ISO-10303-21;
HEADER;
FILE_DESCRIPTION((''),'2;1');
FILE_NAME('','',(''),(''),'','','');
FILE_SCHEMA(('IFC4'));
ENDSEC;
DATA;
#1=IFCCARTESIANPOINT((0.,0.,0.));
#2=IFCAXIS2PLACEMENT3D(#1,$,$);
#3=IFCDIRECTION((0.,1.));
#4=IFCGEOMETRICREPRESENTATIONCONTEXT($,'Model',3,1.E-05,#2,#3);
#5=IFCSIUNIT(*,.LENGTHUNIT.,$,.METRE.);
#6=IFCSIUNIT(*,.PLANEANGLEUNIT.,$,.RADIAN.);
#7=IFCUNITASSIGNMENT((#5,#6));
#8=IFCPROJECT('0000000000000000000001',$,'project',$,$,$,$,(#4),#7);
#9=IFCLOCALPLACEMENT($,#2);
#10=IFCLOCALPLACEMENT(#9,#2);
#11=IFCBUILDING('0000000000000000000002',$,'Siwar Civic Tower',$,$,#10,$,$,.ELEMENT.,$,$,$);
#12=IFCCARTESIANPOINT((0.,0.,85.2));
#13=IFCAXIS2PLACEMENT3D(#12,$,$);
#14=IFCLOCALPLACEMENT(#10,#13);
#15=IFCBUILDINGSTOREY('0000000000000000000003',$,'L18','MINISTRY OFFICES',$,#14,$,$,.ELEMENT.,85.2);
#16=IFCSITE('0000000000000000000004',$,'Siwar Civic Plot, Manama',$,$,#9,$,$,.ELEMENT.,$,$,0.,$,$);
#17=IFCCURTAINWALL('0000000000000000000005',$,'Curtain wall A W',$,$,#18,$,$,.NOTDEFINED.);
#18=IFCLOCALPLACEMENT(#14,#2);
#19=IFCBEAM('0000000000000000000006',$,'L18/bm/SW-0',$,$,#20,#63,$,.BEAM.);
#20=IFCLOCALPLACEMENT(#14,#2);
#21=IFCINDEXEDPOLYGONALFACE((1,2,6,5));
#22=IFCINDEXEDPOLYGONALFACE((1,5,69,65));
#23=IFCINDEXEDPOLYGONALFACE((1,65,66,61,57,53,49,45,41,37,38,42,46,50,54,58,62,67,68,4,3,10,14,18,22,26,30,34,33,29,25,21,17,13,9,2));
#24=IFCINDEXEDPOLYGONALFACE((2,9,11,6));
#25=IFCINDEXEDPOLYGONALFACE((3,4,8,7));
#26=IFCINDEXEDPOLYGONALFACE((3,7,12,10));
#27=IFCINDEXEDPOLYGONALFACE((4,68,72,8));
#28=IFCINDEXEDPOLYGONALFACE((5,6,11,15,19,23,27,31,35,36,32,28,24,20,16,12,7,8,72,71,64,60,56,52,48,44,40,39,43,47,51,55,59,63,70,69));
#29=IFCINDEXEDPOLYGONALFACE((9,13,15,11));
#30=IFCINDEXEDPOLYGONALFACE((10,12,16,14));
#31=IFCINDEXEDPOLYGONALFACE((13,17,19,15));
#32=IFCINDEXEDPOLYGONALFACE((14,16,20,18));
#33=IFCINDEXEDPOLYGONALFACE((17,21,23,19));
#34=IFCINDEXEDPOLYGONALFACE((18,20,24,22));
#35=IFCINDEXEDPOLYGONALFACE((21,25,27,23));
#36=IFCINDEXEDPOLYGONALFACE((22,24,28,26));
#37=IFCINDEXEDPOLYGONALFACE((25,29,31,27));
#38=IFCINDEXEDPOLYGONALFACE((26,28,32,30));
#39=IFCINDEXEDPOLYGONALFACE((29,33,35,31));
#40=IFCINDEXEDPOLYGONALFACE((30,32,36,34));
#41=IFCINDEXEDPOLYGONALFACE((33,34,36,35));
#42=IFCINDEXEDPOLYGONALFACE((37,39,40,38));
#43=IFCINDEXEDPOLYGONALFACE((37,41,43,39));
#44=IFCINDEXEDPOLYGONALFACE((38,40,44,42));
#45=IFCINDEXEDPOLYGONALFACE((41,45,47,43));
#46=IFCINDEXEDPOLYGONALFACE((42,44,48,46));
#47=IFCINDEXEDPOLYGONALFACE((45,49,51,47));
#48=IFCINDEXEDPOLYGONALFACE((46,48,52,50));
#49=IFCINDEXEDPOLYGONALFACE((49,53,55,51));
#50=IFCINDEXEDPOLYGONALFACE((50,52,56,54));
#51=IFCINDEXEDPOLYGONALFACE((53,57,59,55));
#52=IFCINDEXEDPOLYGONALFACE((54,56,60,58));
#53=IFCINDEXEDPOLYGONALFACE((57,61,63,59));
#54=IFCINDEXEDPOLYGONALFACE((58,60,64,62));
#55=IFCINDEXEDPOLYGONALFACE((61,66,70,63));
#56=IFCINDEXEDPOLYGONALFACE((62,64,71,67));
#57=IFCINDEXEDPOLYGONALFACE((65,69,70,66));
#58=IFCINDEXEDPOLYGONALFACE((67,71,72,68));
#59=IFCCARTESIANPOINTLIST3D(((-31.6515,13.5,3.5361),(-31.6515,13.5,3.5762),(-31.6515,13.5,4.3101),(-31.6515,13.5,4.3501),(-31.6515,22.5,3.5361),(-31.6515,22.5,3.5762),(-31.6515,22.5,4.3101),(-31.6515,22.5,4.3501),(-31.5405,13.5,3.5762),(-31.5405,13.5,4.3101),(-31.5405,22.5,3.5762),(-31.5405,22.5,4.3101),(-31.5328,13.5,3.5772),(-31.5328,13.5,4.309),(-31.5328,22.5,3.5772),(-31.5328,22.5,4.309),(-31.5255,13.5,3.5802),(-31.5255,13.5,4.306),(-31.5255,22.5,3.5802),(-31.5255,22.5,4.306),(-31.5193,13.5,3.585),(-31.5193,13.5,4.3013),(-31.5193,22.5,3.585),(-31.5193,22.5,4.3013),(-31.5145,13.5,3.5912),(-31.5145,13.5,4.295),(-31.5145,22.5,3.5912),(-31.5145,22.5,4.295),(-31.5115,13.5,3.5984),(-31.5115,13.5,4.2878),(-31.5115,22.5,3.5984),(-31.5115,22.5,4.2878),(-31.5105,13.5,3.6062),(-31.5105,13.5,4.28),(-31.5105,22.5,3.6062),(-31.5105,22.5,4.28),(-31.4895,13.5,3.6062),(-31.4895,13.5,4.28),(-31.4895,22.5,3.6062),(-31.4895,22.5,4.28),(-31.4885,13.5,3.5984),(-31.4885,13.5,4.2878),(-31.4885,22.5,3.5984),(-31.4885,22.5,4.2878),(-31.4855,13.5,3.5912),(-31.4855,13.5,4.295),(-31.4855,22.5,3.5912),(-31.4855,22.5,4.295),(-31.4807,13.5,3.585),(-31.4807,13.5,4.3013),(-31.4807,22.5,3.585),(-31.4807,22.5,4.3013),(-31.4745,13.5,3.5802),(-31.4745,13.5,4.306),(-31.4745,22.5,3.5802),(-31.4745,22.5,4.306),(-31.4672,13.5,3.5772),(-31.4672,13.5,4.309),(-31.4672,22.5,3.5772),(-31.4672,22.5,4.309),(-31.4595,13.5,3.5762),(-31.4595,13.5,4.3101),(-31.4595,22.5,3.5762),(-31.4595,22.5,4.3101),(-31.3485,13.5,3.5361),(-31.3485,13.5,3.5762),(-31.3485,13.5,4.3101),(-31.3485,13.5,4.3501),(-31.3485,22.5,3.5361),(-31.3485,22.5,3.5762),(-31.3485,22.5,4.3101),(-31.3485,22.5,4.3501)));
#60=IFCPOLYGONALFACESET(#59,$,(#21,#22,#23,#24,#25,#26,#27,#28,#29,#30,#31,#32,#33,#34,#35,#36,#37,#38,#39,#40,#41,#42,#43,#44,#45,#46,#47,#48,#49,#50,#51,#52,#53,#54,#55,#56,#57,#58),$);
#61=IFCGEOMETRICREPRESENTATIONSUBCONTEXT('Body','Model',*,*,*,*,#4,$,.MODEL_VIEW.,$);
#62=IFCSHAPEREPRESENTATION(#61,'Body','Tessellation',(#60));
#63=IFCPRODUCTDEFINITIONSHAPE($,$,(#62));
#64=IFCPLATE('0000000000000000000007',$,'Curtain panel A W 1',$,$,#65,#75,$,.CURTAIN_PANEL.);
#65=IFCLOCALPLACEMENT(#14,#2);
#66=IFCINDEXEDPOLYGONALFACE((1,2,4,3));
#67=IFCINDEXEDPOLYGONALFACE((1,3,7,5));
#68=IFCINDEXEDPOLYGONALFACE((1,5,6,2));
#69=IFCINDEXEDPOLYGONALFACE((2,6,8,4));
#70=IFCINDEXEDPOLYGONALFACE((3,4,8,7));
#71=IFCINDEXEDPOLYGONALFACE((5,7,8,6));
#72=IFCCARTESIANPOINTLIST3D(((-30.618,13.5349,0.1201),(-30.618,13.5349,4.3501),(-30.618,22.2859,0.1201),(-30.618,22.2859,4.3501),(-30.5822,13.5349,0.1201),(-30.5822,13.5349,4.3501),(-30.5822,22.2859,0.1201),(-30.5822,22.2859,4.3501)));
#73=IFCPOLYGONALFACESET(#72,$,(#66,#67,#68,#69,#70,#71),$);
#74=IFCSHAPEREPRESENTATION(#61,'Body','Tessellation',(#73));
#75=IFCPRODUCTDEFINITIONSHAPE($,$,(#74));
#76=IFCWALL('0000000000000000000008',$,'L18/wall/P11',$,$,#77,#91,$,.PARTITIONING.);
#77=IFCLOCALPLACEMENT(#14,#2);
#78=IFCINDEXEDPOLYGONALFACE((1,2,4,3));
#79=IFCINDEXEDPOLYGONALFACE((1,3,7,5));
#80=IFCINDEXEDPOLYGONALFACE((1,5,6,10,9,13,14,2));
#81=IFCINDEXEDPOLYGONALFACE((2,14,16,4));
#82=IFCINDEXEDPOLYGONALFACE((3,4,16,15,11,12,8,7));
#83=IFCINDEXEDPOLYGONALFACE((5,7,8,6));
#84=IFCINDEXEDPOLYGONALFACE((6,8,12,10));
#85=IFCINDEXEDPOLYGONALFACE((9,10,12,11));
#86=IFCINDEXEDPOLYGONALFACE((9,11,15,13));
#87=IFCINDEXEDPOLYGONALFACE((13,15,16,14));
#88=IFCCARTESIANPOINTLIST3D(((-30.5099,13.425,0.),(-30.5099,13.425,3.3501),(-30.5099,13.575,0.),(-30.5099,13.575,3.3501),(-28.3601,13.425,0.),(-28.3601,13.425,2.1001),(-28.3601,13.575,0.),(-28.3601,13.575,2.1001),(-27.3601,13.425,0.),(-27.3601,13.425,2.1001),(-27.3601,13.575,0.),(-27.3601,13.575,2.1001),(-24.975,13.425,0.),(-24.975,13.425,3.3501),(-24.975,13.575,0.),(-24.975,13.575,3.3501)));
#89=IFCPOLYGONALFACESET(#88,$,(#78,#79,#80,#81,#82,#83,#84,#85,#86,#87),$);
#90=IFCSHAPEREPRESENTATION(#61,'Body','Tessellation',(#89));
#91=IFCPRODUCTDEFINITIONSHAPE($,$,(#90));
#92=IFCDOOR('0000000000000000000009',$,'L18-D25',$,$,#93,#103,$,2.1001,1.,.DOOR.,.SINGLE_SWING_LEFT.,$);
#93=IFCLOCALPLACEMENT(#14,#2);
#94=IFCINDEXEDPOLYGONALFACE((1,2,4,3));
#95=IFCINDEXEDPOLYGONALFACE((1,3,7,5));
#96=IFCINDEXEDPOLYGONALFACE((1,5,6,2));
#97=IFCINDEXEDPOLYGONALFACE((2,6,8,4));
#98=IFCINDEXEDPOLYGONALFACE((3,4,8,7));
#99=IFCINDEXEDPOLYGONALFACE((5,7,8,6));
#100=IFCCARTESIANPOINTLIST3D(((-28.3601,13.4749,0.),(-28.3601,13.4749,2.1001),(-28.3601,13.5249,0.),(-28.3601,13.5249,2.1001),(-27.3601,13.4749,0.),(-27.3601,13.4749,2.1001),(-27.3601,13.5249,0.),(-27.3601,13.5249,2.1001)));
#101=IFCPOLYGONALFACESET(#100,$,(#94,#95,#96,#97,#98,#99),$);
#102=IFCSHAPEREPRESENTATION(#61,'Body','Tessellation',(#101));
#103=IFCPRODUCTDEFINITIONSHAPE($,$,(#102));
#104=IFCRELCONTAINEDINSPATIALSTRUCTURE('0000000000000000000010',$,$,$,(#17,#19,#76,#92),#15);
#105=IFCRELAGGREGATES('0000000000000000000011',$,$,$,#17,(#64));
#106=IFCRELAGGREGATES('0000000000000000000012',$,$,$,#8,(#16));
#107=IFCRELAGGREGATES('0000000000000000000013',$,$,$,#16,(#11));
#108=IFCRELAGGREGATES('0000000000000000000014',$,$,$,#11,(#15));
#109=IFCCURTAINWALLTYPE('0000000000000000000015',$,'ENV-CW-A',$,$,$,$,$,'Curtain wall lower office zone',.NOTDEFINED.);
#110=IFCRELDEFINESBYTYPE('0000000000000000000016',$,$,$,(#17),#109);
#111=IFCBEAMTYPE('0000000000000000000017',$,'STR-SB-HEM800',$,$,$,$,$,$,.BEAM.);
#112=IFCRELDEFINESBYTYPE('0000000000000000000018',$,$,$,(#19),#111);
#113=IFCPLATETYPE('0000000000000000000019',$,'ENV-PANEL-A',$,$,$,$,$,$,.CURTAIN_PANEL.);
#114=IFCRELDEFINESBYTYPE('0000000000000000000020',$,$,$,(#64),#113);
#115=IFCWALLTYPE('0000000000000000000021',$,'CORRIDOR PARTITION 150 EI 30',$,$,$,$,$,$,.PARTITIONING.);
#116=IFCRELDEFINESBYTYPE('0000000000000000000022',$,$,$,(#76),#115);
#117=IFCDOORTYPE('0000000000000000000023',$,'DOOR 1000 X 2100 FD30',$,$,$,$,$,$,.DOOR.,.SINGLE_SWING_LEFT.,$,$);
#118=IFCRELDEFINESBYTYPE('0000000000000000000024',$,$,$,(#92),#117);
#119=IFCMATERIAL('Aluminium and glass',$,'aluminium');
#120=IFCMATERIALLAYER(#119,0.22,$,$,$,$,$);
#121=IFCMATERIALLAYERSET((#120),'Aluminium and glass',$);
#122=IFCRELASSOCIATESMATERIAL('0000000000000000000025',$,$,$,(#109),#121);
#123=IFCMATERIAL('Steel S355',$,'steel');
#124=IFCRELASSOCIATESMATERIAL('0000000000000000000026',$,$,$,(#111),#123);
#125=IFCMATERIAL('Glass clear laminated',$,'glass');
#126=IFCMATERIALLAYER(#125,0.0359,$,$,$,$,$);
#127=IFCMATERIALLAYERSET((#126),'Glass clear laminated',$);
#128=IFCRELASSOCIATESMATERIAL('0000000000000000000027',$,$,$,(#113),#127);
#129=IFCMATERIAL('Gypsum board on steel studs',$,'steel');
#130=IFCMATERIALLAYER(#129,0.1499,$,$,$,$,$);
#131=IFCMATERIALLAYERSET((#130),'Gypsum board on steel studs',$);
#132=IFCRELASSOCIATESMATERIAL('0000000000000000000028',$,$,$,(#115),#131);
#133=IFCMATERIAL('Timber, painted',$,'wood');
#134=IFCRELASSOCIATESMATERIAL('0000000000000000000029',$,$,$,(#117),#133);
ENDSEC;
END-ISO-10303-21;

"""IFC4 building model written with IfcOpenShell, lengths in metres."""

from ifc_helpers import new_model, si_unit, direction, frame, frame_2d, origin, origin_2d, place, context, subcontext, project, spatial, rectangle, i_section, extrude, material, layer, layer_set, material_profile, profile_set, type_object, element, fill, aggregate, save


model = new_model("IFC4")

# Units and contexts
model_context = context("Model", 3, precision=1e-05, world=origin(), true_north=direction((0.0, 1.0)))
body_context = subcontext(model_context, "Body", "Model", "MODEL_VIEW")
ifc_project = project(units=[si_unit("LENGTHUNIT", "METRE"), si_unit("PLANEANGLEUNIT", "RADIAN")], contexts=[model_context])

# Site, building, storey
site_placement = place(None, origin())
site = spatial("IfcSite", under=ifc_project, at=site_placement, Name="Siwar Civic Plot, Manama", CompositionType="ELEMENT", RefElevation=0.0)
building_placement = place(site_placement, origin())
building = spatial("IfcBuilding", under=site, at=building_placement, Name="Siwar Civic Tower", CompositionType="ELEMENT")
storey_placement = place(building_placement, frame((0.0, 0.0, 85.2)))
storey = spatial("IfcBuildingStorey", under=building, at=storey_placement, Name="L18", Description="MINISTRY OFFICES", CompositionType="ELEMENT", Elevation=85.2)

# Curtain wall
ifc_material_1 = material(Name="Aluminium and glass", Category="aluminium")
ifc_layer_1 = layer(ifc_material_1, 0.22)
ifc_layer_set_1 = layer_set([ifc_layer_1], Name="Aluminium and glass")
curtain_wall_type = type_object("IfcCurtainWallType", Name="ENV-CW-A", ElementType="Curtain wall lower office zone", PredefinedType="NOTDEFINED", material=ifc_layer_set_1)
curtain_wall_placement = place(storey_placement, origin())
curtain_wall = element("IfcCurtainWall", 1, at=curtain_wall_placement, inside=storey, type_object=curtain_wall_type, Name="Curtain wall A W", PredefinedType="NOTDEFINED")

# Beam
ifc_material_2 = material(Name="Steel S355", Category="steel")
ifc_material_profile_1 = material_profile(ifc_material_2, i_section(OverallWidth=0.303, OverallDepth=0.814, WebThickness=0.021, FlangeThickness=0.04, FilletRadius=0.03, at=origin_2d()), Name="HEM800")
ifc_profile_set_1 = profile_set([ifc_material_profile_1], Name="Steel S355")
beam_type_1 = type_object("IfcBeamType", Name="STR-SB-HEM800", PredefinedType="BEAM", material=ifc_profile_set_1)
beam_1_placement = place(storey_placement, frame((-31.5, 22.5, 3.9431), z_axis=(0.0, -1.0, 0.0), x_axis=(1.0, 0.0, 0.0)))
element("IfcBeam", 2, at=beam_1_placement, inside=storey, type_object=beam_type_1, Name="L18/bm/SW-0", PredefinedType="BEAM", context=body_context, shape_type="SweptSolid", body=[
    extrude(i_section(OverallWidth=0.303, OverallDepth=0.814, WebThickness=0.021, FlangeThickness=0.04, FilletRadius=0.03, at=origin_2d()), origin(), (0.0, 0.0, 1.0), 9.0),
])

# Plate
ifc_material_3 = material(Name="Glass clear laminated", Category="glass")
ifc_layer_2 = layer(ifc_material_3, 0.0359)
ifc_layer_set_2 = layer_set([ifc_layer_2], Name="Glass clear laminated")
plate_type = type_object("IfcPlateType", Name="ENV-PANEL-A", PredefinedType="CURTAIN_PANEL", material=ifc_layer_set_2)
plate_placement = place(storey_placement, frame((-30.6001, 17.9104, 0.1201), z_axis=(0.0, 0.0, 1.0), x_axis=(0.0, -1.0, 0.0)))
plate = element("IfcPlate", 3, at=plate_placement, type_object=plate_type, Name="Curtain panel A W 1", PredefinedType="CURTAIN_PANEL", context=body_context, shape_type="SweptSolid", body=[
    extrude(rectangle(XDim=8.751, YDim=0.0359, at=origin_2d()), origin(), (0.0, 0.0, 1.0), 4.23),
])
aggregate(curtain_wall, [plate])

# Wall, opening, door
ifc_material_4 = material(Name="Gypsum board on steel studs", Category="steel")
ifc_layer_3 = layer(ifc_material_4, 0.1499)
ifc_layer_set_3 = layer_set([ifc_layer_3], Name="Gypsum board on steel studs")
wall_type_1 = type_object("IfcWallType", Name="CORRIDOR PARTITION 150 EI 30", PredefinedType="PARTITIONING", material=ifc_layer_set_3)
wall_1_placement = place(storey_placement, frame((-30.51, 13.5, 0.0), z_axis=(0.0, 0.0, 1.0), x_axis=(1.0, 0.0, 0.0)))
wall_1 = element("IfcWall", 4, at=wall_1_placement, inside=storey, type_object=wall_type_1, Name="L18/wall/P11", PredefinedType="PARTITIONING", context=body_context, shape_type="SweptSolid", body=[
    extrude(rectangle(XDim=5.5349, YDim=0.1499, at=frame_2d((2.7676, 0.0))), origin(), (0.0, 0.0, 1.0), 3.3501),
])
opening_1_placement = place(wall_1_placement, frame((2.1499, 0.0, 0.0)))
opening_1 = element("IfcOpeningElement", 5, at=opening_1_placement, cuts=wall_1, PredefinedType="OPENING", context=body_context, shape_type="SweptSolid", body=[
    extrude(rectangle(XDim=1.0, YDim=2.1001, at=frame_2d((0.5, 1.05))), frame((0.0, 0.085, 0.0), z_axis=(0.0, -1.0, 0.0), x_axis=(1.0, 0.0, 0.0)), (0.0, 0.0, 1.0), 0.1699),
])
ifc_material_5 = material(Name="Timber, painted", Category="wood")
door_type_1 = type_object("IfcDoorType", Name="DOOR 1000 X 2100 FD30", OperationType="SINGLE_SWING_LEFT", PredefinedType="DOOR", material=ifc_material_5)
door_1_placement = place(opening_1_placement, origin())
door_1 = element("IfcDoor", 6, at=door_1_placement, inside=storey, type_object=door_type_1, Name="L18-D25", OperationType="SINGLE_SWING_LEFT", OverallHeight=2.1001, OverallWidth=1.0, PredefinedType="DOOR", context=body_context, shape_type="SweptSolid", body=[
    extrude(rectangle(XDim=1.0, YDim=2.1001, at=frame_2d((0.5, 1.05))), frame((0.0, 0.0249, 0.0), z_axis=(0.0, -1.0, 0.0), x_axis=(1.0, 0.0, 0.0)), (0.0, 0.0, 1.0), 0.05),
])
fill(opening_1, door_1)

save(model, "model.ifc")
